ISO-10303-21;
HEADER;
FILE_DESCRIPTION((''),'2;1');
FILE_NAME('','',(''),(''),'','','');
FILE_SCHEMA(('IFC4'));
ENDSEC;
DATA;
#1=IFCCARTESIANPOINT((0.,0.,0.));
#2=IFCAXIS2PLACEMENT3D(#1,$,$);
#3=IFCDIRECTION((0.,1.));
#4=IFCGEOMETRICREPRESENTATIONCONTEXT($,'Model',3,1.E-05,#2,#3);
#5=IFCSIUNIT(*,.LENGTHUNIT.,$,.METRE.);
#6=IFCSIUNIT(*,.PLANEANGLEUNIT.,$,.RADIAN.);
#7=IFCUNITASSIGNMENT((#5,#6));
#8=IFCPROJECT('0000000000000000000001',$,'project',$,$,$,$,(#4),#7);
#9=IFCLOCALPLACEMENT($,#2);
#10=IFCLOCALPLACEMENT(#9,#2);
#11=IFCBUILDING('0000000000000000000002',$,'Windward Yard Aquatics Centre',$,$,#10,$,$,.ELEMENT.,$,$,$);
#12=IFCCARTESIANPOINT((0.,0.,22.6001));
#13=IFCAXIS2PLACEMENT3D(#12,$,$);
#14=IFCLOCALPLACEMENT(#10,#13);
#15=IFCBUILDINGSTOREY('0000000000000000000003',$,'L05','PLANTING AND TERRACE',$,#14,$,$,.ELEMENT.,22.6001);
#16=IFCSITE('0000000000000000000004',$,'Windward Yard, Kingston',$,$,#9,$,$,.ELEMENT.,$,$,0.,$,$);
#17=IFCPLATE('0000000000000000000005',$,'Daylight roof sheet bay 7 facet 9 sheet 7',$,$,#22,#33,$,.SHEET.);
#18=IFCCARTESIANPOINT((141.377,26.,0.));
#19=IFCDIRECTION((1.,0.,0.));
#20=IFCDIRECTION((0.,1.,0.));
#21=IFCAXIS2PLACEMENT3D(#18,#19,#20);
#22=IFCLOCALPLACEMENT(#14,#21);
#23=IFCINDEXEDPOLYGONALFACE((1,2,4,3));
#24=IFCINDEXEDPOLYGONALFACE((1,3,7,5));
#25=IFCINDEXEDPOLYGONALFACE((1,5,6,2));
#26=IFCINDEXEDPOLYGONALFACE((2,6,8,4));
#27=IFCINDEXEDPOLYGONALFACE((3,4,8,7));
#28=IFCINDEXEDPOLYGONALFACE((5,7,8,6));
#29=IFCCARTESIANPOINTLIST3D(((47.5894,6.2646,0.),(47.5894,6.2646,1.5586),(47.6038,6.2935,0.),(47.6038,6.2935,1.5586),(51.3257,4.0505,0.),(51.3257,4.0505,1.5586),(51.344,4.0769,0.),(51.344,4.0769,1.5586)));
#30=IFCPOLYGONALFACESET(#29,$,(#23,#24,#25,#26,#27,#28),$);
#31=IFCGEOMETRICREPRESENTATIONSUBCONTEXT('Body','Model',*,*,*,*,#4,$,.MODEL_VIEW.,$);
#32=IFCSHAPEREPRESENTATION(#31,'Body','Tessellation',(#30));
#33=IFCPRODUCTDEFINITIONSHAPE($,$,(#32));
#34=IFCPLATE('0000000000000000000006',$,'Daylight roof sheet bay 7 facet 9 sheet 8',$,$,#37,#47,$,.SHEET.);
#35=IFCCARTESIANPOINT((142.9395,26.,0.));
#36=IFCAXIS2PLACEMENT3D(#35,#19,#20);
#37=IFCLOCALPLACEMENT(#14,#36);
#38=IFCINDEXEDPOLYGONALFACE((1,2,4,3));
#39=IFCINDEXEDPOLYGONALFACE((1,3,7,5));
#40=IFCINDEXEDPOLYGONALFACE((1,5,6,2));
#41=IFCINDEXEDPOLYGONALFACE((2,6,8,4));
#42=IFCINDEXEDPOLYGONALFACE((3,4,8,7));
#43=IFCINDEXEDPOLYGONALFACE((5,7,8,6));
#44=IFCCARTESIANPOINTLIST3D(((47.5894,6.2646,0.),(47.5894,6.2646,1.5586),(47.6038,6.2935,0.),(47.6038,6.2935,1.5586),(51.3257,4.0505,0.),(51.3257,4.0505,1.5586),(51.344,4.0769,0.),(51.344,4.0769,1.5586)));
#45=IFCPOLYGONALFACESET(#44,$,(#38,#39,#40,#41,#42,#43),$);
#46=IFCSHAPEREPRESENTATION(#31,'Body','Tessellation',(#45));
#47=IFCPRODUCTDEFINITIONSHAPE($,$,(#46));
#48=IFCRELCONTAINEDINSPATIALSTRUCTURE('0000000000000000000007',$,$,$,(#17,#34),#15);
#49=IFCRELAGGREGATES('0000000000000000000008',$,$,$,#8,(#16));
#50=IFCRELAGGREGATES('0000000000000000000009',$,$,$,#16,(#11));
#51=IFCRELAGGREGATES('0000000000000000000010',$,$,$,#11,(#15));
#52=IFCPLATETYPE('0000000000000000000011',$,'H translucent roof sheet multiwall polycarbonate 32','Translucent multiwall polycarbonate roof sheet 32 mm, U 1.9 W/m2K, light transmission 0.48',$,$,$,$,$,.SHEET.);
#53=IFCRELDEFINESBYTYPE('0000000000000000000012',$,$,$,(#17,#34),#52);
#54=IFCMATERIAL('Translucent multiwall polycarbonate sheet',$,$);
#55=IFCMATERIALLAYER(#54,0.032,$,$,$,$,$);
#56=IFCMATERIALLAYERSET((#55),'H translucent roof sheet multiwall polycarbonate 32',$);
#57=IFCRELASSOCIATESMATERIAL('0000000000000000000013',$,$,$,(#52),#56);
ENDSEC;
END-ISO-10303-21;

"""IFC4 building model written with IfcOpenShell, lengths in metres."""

from ifc_helpers import new_model, si_unit, direction, frame, origin, place, context, subcontext, project, spatial, polyline, outline, extrude, material, layer, layer_set, type_object, element, save


model = new_model("IFC4")

# Units and contexts
model_context = context("Model", 3, precision=1e-05, world=origin(), true_north=direction((0.0, 1.0)))
body_context = subcontext(model_context, "Body", "Model", "MODEL_VIEW")
ifc_project = project(units=[si_unit("LENGTHUNIT", "METRE"), si_unit("PLANEANGLEUNIT", "RADIAN")], contexts=[model_context])

# Site, building, storey
site_placement = place(None, origin())
site = spatial("IfcSite", under=ifc_project, at=site_placement, Name="Windward Yard, Kingston", CompositionType="ELEMENT", RefElevation=0.0)
building_placement = place(site_placement, origin())
building = spatial("IfcBuilding", under=site, at=building_placement, Name="Windward Yard Aquatics Centre", CompositionType="ELEMENT")
storey_placement = place(building_placement, frame((0.0, 0.0, 22.6001)))
storey = spatial("IfcBuildingStorey", under=building, at=storey_placement, Name="L05", Description="PLANTING AND TERRACE", CompositionType="ELEMENT", Elevation=22.6001)

# Plates
ifc_material_1 = material(Name="Translucent multiwall polycarbonate sheet")
ifc_layer_1 = layer(ifc_material_1, 0.032)
ifc_layer_set_1 = layer_set([ifc_layer_1], Name="H translucent roof sheet multiwall polycarbonate 32")
plate_type_1 = type_object("IfcPlateType", Name="H translucent roof sheet multiwall polycarbonate 32", Description="Translucent multiwall polycarbonate roof sheet 32 mm, U 1.9 W/m2K, light transmission 0.48", PredefinedType="SHEET", material=ifc_layer_set_1)
for number, where, z_axis, x_axis, name in (
    (1, (141.377, 26.0, 0.0), (1.0, 0.0, 0.0), (0.0, 1.0, 0.0), "Daylight roof sheet bay 7 facet 9 sheet 7"),
    (2, (142.9395, 26.0, 0.0), (1.0, 0.0, 0.0), (0.0, 1.0, 0.0), "Daylight roof sheet bay 7 facet 9 sheet 8"),
):
    element("IfcPlate", number, at=place(storey_placement, frame(where, z_axis=z_axis, x_axis=x_axis)), inside=storey, type_object=plate_type_1, Name=name, PredefinedType="SHEET", context=body_context, shape_type="SweptSolid", body=[
        extrude(outline(polyline([(47.5894, 6.2646), (51.3257, 4.0505), (51.344, 4.0769), (47.6038, 6.2935), (47.5894, 6.2646)])), origin(), (0.0, 0.0, 1.0), 1.5586),
    ])

save(model, "model.ifc")
